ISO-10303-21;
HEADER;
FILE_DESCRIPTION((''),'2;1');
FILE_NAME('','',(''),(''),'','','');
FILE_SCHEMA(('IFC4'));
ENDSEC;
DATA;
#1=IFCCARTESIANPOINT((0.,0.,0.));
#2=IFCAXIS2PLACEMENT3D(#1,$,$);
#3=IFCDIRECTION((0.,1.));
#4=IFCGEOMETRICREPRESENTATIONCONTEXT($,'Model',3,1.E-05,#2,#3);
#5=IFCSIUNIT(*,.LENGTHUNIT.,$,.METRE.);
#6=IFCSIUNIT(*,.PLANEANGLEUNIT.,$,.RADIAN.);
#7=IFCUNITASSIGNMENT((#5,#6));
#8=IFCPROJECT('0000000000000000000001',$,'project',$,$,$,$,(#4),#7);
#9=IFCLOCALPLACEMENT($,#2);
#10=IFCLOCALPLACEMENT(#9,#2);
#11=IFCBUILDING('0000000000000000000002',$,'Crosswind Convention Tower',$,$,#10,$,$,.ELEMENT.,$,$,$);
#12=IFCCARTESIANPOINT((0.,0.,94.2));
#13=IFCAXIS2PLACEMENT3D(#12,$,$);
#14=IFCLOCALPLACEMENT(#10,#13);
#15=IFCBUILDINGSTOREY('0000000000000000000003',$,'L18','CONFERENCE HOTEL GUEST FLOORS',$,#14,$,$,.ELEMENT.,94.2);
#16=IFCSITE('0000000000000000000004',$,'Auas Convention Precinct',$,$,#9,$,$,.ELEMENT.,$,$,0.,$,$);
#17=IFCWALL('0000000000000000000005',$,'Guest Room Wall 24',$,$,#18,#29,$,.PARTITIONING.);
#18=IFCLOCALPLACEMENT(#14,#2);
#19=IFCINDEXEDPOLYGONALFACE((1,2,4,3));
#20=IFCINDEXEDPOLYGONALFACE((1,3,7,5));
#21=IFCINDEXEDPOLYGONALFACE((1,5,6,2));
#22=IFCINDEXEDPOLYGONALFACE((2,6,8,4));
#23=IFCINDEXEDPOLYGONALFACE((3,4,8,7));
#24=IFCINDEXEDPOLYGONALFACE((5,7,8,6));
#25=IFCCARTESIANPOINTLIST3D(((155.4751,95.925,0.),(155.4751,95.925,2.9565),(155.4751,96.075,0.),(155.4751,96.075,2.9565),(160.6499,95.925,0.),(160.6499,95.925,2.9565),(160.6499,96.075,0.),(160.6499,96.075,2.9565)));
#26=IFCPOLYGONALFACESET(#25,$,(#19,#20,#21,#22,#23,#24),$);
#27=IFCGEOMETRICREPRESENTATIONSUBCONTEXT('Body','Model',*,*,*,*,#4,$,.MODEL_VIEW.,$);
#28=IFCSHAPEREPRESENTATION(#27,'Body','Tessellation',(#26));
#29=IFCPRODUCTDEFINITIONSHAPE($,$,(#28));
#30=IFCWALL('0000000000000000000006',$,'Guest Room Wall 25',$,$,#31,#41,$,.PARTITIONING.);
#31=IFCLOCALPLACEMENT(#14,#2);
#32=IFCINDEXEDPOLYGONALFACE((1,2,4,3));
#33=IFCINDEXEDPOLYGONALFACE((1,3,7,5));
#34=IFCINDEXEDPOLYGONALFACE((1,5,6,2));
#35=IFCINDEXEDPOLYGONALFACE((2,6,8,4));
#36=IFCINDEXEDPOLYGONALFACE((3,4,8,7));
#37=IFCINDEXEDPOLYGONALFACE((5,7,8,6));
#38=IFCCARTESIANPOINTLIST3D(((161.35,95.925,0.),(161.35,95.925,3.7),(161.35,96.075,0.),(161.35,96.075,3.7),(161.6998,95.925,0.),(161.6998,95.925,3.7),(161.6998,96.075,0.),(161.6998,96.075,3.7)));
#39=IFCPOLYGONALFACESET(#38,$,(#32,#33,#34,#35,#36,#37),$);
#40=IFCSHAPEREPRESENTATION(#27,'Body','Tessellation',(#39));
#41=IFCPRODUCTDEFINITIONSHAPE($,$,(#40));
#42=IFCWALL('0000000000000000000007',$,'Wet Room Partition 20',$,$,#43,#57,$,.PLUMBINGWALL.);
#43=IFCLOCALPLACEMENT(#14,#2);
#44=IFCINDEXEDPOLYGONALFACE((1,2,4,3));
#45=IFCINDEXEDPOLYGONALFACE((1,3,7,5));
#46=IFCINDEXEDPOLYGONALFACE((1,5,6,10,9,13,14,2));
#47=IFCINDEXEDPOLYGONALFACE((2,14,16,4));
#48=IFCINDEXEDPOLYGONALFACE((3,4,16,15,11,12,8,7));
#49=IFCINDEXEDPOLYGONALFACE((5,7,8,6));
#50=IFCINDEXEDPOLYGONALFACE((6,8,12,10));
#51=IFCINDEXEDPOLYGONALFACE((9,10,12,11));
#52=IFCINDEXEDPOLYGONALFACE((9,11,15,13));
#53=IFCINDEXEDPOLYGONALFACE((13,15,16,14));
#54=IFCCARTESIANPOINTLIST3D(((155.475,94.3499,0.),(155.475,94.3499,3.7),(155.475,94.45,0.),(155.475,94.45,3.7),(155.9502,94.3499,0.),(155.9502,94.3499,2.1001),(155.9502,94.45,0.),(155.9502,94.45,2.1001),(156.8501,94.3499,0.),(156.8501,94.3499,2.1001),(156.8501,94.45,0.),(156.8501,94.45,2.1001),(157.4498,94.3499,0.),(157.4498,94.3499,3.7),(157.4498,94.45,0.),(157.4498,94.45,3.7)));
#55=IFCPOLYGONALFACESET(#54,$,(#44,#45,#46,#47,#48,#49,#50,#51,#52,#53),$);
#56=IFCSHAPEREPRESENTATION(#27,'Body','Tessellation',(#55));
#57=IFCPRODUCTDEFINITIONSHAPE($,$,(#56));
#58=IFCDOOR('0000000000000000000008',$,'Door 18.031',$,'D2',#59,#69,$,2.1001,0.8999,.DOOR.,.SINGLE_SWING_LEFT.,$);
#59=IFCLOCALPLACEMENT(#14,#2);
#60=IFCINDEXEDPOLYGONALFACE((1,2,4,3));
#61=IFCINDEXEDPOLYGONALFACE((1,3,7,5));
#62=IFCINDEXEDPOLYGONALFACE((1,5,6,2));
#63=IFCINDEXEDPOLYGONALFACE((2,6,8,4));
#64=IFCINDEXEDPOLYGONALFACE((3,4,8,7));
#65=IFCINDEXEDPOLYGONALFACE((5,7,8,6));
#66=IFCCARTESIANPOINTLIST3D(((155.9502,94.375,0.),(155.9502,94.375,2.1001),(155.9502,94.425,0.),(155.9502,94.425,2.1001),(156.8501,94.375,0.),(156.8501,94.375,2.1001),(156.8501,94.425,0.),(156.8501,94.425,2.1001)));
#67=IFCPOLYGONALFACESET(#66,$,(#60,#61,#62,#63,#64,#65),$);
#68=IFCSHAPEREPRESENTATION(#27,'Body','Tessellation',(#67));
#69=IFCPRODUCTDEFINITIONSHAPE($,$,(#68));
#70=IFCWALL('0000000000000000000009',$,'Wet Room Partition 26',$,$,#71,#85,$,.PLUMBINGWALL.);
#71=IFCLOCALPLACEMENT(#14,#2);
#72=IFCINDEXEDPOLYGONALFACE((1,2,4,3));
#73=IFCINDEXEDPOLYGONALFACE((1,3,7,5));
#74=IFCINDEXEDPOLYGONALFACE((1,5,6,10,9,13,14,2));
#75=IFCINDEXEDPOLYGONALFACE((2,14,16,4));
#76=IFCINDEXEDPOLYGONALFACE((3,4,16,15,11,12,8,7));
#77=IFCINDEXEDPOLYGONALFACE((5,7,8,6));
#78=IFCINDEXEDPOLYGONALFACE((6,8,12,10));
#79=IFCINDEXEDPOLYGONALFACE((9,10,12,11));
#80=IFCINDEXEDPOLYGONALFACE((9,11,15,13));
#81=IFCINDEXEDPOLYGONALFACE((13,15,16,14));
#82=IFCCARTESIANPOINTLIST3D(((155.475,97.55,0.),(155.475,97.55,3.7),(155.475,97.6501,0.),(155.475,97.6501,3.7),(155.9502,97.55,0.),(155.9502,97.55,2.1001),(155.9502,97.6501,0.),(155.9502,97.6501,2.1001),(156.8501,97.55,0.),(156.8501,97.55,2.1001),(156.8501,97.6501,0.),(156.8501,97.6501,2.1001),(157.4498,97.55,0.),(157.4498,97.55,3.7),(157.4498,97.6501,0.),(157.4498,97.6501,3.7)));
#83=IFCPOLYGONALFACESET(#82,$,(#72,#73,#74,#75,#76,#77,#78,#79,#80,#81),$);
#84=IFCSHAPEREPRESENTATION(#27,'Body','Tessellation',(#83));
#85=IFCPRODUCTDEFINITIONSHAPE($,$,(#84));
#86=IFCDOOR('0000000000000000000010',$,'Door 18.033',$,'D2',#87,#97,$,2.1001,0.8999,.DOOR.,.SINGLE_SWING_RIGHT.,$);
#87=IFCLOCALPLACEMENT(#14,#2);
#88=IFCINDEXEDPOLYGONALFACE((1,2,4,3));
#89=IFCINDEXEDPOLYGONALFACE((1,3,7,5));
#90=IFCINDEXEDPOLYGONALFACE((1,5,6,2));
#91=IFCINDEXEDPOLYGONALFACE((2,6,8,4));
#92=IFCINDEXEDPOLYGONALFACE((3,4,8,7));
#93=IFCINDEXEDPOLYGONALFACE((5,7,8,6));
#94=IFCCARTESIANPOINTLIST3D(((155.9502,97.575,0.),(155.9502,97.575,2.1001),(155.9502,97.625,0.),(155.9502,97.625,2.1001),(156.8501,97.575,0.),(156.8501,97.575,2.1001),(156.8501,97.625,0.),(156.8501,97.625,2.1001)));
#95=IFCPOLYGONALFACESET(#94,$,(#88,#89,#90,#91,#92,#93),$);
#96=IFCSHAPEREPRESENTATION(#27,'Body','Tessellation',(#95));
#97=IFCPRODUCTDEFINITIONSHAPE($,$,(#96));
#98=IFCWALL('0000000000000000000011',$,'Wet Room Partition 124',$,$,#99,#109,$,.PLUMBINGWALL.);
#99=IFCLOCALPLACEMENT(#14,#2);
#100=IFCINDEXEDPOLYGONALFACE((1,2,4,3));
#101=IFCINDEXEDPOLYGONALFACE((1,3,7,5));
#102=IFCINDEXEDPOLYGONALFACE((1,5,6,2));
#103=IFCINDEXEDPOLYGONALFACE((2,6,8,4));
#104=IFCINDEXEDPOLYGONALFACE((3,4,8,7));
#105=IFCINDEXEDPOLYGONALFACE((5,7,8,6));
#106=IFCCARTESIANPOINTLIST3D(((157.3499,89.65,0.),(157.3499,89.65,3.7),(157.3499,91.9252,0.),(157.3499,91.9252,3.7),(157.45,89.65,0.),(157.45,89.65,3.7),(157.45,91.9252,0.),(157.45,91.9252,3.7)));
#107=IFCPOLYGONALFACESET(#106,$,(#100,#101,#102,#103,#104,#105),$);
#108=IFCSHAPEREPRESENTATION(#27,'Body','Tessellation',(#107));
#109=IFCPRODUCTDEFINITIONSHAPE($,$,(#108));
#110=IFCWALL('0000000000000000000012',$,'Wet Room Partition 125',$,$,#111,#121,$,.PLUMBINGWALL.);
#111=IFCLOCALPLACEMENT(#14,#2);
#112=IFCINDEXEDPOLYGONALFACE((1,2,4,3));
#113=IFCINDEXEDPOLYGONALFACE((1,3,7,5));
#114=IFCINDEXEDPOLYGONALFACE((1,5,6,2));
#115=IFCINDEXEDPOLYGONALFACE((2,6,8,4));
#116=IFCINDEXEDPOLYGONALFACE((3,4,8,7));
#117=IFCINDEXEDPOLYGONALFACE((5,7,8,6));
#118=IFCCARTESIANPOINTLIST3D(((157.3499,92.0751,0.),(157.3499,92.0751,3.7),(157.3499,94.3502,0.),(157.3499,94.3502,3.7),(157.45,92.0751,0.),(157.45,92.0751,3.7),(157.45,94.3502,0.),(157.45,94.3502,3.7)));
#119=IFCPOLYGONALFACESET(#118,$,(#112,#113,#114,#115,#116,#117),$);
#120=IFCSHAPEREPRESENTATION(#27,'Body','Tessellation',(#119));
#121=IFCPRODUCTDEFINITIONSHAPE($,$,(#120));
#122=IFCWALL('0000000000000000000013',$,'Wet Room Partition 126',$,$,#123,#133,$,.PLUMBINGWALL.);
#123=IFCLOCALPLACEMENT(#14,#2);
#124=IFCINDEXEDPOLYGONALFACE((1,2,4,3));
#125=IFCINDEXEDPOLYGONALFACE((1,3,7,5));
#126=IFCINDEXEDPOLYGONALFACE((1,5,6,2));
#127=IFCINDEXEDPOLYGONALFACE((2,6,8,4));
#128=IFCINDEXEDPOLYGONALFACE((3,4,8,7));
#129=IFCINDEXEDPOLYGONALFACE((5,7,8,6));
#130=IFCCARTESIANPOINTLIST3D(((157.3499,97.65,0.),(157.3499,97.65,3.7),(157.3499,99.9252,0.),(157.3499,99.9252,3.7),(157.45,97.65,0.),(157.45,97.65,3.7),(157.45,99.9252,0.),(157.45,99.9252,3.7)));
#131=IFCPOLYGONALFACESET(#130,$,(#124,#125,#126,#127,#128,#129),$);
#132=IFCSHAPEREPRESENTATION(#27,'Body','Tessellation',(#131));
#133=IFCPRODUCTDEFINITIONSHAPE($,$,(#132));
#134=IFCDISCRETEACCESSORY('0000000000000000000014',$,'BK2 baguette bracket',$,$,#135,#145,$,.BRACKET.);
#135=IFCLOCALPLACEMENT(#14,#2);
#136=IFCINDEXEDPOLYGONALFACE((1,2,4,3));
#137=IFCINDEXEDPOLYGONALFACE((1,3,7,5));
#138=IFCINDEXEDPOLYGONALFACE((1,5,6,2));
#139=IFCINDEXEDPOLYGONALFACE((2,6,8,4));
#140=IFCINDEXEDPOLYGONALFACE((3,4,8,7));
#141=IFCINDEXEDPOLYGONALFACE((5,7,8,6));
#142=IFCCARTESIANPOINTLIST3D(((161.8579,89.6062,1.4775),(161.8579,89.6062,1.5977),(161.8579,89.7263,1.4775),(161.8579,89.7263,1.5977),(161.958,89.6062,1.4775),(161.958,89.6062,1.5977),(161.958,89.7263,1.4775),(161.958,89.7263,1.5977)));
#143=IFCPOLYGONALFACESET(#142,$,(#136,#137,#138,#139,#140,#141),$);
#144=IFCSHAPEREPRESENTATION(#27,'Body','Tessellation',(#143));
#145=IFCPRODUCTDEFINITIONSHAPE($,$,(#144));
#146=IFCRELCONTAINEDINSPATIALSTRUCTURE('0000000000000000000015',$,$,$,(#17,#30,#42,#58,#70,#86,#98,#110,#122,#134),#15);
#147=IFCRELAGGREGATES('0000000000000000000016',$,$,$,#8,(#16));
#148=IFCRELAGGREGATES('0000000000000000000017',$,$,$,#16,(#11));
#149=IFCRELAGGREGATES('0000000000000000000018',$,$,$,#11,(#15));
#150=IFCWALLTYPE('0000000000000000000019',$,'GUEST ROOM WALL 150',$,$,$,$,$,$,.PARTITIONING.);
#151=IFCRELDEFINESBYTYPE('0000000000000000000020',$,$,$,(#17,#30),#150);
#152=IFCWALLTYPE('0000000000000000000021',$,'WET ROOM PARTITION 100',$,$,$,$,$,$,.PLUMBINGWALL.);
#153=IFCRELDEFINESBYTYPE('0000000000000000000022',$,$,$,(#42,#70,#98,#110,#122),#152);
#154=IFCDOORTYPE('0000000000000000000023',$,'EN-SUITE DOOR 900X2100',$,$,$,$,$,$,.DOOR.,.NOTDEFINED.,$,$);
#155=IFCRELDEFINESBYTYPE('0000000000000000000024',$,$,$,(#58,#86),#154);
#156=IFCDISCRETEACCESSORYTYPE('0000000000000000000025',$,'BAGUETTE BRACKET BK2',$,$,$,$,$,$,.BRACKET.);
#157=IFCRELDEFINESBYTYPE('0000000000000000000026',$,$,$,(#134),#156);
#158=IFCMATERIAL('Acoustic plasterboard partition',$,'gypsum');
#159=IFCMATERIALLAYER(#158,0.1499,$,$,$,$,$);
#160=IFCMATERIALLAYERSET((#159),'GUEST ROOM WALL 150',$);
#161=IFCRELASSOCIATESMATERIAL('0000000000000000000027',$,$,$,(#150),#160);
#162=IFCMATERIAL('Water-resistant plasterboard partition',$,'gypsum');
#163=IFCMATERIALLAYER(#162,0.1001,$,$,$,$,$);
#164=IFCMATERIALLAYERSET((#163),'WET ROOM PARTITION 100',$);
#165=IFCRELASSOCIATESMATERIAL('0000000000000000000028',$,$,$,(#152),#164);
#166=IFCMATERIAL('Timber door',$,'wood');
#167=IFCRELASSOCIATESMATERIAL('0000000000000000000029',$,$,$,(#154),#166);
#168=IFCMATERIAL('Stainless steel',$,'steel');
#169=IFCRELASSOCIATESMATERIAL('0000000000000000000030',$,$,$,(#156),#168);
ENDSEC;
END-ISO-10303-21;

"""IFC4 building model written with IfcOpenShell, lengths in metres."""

from ifc_helpers import new_model, si_unit, direction, frame, frame_2d, origin, origin_2d, place, context, subcontext, project, spatial, rectangle, extrude, material, layer, layer_set, type_object, element, fill, save


model = new_model("IFC4")

# Units and contexts
model_context = context("Model", 3, precision=1e-05, world=origin(), true_north=direction((0.0, 1.0)))
body_context = subcontext(model_context, "Body", "Model", "MODEL_VIEW")
ifc_project = project(units=[si_unit("LENGTHUNIT", "METRE"), si_unit("PLANEANGLEUNIT", "RADIAN")], contexts=[model_context])

# Site, building, storey
site_placement = place(None, origin())
site = spatial("IfcSite", under=ifc_project, at=site_placement, Name="Auas Convention Precinct", CompositionType="ELEMENT", RefElevation=0.0)
building_placement = place(site_placement, origin())
building = spatial("IfcBuilding", under=site, at=building_placement, Name="Crosswind Convention Tower", CompositionType="ELEMENT")
storey_placement = place(building_placement, frame((0.0, 0.0, 94.2)))
storey = spatial("IfcBuildingStorey", under=building, at=storey_placement, Name="L18", Description="CONFERENCE HOTEL GUEST FLOORS", CompositionType="ELEMENT", Elevation=94.2)

# Walls
ifc_material_1 = material(Name="Acoustic plasterboard partition", Category="gypsum")
ifc_layer_1 = layer(ifc_material_1, 0.1499)
ifc_layer_set_1 = layer_set([ifc_layer_1], Name="GUEST ROOM WALL 150")
wall_type_1 = type_object("IfcWallType", Name="GUEST ROOM WALL 150", PredefinedType="PARTITIONING", material=ifc_layer_set_1)
wall_1_placement = place(storey_placement, frame((155.4751, 96.0, 0.0), z_axis=(0.0, 0.0, 1.0), x_axis=(1.0, 0.0, 0.0)))
element("IfcWall", 1, at=wall_1_placement, inside=storey, type_object=wall_type_1, Name="Guest Room Wall 24", PredefinedType="PARTITIONING", context=body_context, shape_type="SweptSolid", body=[
    extrude(rectangle(XDim=5.1748, YDim=0.1499, at=frame_2d((2.5874, 0.0))), origin(), (0.0, 0.0, 1.0), 2.9565),
])
wall_2_placement = place(storey_placement, frame((161.3501, 96.0, 0.0), z_axis=(0.0, 0.0, 1.0), x_axis=(1.0, 0.0, 0.0)))
element("IfcWall", 2, at=wall_2_placement, inside=storey, type_object=wall_type_1, Name="Guest Room Wall 25", PredefinedType="PARTITIONING", context=body_context, shape_type="SweptSolid", body=[
    extrude(rectangle(XDim=0.3499, YDim=0.1499, at=frame_2d((0.1748, 0.0))), origin(), (0.0, 0.0, 1.0), 3.7),
])

# Walls, openings, doors
ifc_material_2 = material(Name="Water-resistant plasterboard partition", Category="gypsum")
ifc_layer_2 = layer(ifc_material_2, 0.1001)
ifc_layer_set_2 = layer_set([ifc_layer_2], Name="WET ROOM PARTITION 100")
wall_type_2 = type_object("IfcWallType", Name="WET ROOM PARTITION 100", PredefinedType="PLUMBINGWALL", material=ifc_layer_set_2)
wall_3_placement = place(storey_placement, frame((155.4751, 94.3999, 0.0), z_axis=(0.0, 0.0, 1.0), x_axis=(1.0, 0.0, 0.0)))
wall_3 = element("IfcWall", 3, at=wall_3_placement, inside=storey, type_object=wall_type_2, Name="Wet Room Partition 20", PredefinedType="PLUMBINGWALL", context=body_context, shape_type="SweptSolid", body=[
    extrude(rectangle(XDim=1.9749, YDim=0.1001, at=frame_2d((0.9873, 0.0))), origin(), (0.0, 0.0, 1.0), 3.7),
])
opening_1_placement = place(wall_3_placement, frame((0.4751, 0.0, 0.0)))
opening_1 = element("IfcOpeningElement", 4, at=opening_1_placement, cuts=wall_3, PredefinedType="OPENING", context=body_context, shape_type="SweptSolid", body=[
    extrude(rectangle(XDim=0.8999, YDim=2.1001, at=frame_2d((0.45, 1.05))), frame((0.0, 0.0601, 0.0), z_axis=(0.0, -1.0, 0.0), x_axis=(1.0, 0.0, 0.0)), (0.0, 0.0, 1.0), 0.1201),
])
ifc_material_3 = material(Name="Timber door", Category="wood")
door_type = type_object("IfcDoorType", Name="EN-SUITE DOOR 900X2100", OperationType="NOTDEFINED", PredefinedType="DOOR", material=ifc_material_3)
door_1_placement = place(opening_1_placement, frame((0.8999, 0.0, 0.0), z_axis=(0.0, 0.0, 1.0), x_axis=(-1.0, 0.0, 0.0)))
door_1 = element("IfcDoor", 5, at=door_1_placement, inside=storey, type_object=door_type, Name="Door 18.031", ObjectType="D2", OperationType="SINGLE_SWING_LEFT", OverallHeight=2.1001, OverallWidth=0.8999, PredefinedType="DOOR", context=body_context, shape_type="SweptSolid", body=[
    extrude(rectangle(XDim=0.8999, YDim=2.1001, at=frame_2d((0.45, 1.05))), frame((0.0, 0.0249, 0.0), z_axis=(0.0, -1.0, 0.0), x_axis=(1.0, 0.0, 0.0)), (0.0, 0.0, 1.0), 0.05),
])
fill(opening_1, door_1)
wall_4_placement = place(storey_placement, frame((155.4751, 97.6001, 0.0), z_axis=(0.0, 0.0, 1.0), x_axis=(1.0, 0.0, 0.0)))
wall_4 = element("IfcWall", 6, at=wall_4_placement, inside=storey, type_object=wall_type_2, Name="Wet Room Partition 26", PredefinedType="PLUMBINGWALL", context=body_context, shape_type="SweptSolid", body=[
    extrude(rectangle(XDim=1.9749, YDim=0.1001, at=frame_2d((0.9873, 0.0))), origin(), (0.0, 0.0, 1.0), 3.7),
])
opening_2_placement = place(wall_4_placement, frame((0.4751, 0.0, 0.0)))
opening_2 = element("IfcOpeningElement", 7, at=opening_2_placement, cuts=wall_4, PredefinedType="OPENING", context=body_context, shape_type="SweptSolid", body=[
    extrude(rectangle(XDim=0.8999, YDim=2.1001, at=frame_2d((0.45, 1.05))), frame((0.0, 0.0601, 0.0), z_axis=(0.0, -1.0, 0.0), x_axis=(1.0, 0.0, 0.0)), (0.0, 0.0, 1.0), 0.1201),
])
door_2_placement = place(opening_2_placement, origin())
door_2 = element("IfcDoor", 8, at=door_2_placement, inside=storey, type_object=door_type, Name="Door 18.033", ObjectType="D2", OperationType="SINGLE_SWING_RIGHT", OverallHeight=2.1001, OverallWidth=0.8999, PredefinedType="DOOR", context=body_context, shape_type="SweptSolid", body=[
    extrude(rectangle(XDim=0.8999, YDim=2.1001, at=frame_2d((0.45, 1.05))), frame((0.0, 0.0249, 0.0), z_axis=(0.0, -1.0, 0.0), x_axis=(1.0, 0.0, 0.0)), (0.0, 0.0, 1.0), 0.05),
])
fill(opening_2, door_2)

# Walls
for number, where, z_axis, x_axis, name in (
    (9, (157.3999, 89.6499, 0.0), (0.0, 0.0, 1.0), (0.0, 1.0, 0.0), "Wet Room Partition 124"),
    (10, (157.3999, 92.075, 0.0), (0.0, 0.0, 1.0), (0.0, 1.0, 0.0), "Wet Room Partition 125"),
    (11, (157.3999, 97.6499, 0.0), (0.0, 0.0, 1.0), (0.0, 1.0, 0.0), "Wet Room Partition 126"),
):
    element("IfcWall", number, at=place(storey_placement, frame(where, z_axis=z_axis, x_axis=x_axis)), inside=storey, type_object=wall_type_2, Name=name, PredefinedType="PLUMBINGWALL", context=body_context, shape_type="SweptSolid", body=[
        extrude(rectangle(XDim=2.2751, YDim=0.1001, at=frame_2d((1.1377, 0.0))), origin(), (0.0, 0.0, 1.0), 3.7),
    ])

# Discrete accessory
ifc_material_4 = material(Name="Stainless steel", Category="steel")
discrete_accessory_type = type_object("IfcDiscreteAccessoryType", Name="BAGUETTE BRACKET BK2", PredefinedType="BRACKET", material=ifc_material_4)
discrete_accessory_placement = place(storey_placement, frame((161.908, 89.6663, 1.4775), z_axis=(0.0, 0.0, 1.0), x_axis=(0.0, 1.0, 0.0)))
element("IfcDiscreteAccessory", 12, at=discrete_accessory_placement, inside=storey, type_object=discrete_accessory_type, Name="BK2 baguette bracket", PredefinedType="BRACKET", context=body_context, shape_type="SweptSolid", body=[
    extrude(rectangle(XDim=0.1201, YDim=0.1001, at=origin_2d()), origin(), (0.0, 0.0, 1.0), 0.1201),
])

save(model, "model.ifc")
